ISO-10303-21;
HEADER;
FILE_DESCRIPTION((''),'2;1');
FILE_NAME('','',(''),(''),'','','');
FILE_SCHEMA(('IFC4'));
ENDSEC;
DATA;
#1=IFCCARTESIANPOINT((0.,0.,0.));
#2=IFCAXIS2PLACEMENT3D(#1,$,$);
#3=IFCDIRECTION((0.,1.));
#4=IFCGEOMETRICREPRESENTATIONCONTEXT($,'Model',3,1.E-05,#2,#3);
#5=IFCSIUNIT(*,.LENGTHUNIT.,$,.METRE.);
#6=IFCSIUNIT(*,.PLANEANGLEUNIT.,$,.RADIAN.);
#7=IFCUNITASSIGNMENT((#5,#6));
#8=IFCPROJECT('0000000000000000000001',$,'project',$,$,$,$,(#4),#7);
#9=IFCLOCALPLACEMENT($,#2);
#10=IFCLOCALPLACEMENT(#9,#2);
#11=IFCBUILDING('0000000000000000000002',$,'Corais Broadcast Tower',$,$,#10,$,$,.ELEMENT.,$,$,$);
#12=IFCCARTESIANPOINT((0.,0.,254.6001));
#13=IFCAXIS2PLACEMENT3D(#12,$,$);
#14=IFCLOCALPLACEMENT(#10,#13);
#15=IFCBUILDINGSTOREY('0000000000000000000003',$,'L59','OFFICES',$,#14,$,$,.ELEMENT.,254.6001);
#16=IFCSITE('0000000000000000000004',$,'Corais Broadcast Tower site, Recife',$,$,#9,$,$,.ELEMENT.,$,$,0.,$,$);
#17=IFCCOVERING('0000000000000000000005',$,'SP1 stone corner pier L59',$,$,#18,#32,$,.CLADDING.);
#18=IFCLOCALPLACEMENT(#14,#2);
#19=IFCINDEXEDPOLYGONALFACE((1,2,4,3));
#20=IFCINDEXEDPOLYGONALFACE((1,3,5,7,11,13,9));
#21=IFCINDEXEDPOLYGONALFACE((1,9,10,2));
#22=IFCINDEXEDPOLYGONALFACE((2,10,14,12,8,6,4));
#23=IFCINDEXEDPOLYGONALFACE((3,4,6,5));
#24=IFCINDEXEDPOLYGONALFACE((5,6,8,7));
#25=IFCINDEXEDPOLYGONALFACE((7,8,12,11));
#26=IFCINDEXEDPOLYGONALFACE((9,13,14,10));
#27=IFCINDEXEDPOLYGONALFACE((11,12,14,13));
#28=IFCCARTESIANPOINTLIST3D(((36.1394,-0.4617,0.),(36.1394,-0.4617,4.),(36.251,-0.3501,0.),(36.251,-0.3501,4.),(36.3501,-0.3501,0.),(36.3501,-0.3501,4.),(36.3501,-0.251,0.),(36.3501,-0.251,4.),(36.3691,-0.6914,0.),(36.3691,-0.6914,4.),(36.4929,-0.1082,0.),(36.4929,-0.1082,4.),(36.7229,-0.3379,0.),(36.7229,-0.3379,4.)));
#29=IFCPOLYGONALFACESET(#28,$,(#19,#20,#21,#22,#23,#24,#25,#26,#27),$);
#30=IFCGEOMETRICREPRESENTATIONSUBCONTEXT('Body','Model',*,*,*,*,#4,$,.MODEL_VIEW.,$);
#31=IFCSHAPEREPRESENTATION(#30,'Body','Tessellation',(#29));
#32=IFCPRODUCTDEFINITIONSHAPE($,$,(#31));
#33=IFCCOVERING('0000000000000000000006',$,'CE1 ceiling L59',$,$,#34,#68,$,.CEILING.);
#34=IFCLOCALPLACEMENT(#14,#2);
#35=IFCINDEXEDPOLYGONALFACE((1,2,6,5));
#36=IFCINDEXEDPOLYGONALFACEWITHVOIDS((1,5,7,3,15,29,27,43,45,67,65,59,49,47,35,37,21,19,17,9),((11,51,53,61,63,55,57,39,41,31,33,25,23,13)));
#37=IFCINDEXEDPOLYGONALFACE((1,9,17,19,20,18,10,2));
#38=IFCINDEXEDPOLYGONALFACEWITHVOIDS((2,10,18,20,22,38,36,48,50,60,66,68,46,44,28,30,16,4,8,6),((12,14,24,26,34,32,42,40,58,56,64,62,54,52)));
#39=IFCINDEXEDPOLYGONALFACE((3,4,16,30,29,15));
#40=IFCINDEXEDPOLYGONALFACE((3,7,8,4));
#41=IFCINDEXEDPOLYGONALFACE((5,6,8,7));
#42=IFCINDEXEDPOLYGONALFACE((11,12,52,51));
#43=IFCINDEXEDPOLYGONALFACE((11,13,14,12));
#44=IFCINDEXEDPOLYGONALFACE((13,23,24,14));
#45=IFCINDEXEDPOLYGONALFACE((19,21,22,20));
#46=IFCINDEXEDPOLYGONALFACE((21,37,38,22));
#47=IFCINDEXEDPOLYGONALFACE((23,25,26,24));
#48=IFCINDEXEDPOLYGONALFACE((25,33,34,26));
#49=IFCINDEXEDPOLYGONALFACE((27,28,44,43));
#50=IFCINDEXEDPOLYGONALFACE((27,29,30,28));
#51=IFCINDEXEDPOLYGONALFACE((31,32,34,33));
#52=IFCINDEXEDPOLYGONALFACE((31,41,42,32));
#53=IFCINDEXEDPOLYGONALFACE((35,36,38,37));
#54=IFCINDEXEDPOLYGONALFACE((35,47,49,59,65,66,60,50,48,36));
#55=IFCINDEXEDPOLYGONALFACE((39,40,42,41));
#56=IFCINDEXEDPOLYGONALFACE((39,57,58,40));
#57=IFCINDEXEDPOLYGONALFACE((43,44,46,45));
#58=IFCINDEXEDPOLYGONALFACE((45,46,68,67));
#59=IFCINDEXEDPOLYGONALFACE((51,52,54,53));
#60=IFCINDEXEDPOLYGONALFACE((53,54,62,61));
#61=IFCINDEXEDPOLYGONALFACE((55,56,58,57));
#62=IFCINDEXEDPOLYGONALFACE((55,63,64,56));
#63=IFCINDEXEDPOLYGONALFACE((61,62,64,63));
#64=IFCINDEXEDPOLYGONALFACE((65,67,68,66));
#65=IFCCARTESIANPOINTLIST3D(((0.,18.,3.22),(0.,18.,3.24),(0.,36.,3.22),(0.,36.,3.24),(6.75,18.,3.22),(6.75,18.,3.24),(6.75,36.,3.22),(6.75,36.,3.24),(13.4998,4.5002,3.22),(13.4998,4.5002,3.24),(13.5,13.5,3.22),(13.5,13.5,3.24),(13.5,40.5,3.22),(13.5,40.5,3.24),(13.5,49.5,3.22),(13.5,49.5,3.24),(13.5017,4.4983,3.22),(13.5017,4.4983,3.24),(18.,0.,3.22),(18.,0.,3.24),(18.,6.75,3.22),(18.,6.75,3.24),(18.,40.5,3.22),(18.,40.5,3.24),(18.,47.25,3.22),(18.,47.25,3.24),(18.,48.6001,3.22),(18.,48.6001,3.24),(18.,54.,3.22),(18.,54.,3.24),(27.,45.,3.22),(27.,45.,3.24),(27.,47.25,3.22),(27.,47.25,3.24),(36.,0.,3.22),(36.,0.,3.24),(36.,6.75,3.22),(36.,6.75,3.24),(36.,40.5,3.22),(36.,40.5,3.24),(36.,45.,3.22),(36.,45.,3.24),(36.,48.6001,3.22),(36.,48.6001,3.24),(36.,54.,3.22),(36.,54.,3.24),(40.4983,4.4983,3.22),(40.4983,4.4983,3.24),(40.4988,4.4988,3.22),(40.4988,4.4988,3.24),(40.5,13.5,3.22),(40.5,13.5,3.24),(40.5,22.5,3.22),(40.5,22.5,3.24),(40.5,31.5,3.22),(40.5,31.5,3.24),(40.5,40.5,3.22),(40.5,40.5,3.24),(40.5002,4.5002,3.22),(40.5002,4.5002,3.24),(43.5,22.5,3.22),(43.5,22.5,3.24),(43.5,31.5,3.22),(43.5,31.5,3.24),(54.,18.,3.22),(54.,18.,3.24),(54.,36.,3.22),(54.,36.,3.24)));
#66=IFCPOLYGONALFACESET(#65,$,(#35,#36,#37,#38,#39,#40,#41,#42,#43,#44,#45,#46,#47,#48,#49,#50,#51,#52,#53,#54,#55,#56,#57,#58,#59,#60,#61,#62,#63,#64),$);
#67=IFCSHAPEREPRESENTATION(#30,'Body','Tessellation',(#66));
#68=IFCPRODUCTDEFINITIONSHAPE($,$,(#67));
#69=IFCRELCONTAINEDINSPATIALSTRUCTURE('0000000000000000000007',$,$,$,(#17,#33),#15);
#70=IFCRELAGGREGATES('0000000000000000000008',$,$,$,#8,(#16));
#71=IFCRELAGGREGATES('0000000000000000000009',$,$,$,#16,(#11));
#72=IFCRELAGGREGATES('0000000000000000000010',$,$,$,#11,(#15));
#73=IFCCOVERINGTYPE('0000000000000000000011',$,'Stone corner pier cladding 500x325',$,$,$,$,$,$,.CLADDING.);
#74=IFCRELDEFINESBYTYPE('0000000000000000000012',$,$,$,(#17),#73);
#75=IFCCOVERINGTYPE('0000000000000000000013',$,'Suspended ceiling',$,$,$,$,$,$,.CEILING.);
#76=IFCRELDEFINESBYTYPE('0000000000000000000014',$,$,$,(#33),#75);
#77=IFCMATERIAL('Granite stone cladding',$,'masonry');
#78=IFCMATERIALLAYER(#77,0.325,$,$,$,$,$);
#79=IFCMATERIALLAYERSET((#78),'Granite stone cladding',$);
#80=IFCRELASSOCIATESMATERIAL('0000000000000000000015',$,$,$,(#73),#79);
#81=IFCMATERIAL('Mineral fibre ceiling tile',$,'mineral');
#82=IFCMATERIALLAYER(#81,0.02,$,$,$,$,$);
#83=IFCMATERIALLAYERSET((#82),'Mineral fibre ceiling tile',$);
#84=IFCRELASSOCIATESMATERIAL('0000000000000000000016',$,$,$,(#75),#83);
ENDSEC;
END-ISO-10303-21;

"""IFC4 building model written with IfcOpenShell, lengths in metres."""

from ifc_helpers import new_model, si_unit, direction, frame, origin, place, context, subcontext, project, spatial, polyline, outline, extrude, material, layer, layer_set, type_object, element, save


model = new_model("IFC4")

# Units and contexts
model_context = context("Model", 3, precision=1e-05, world=origin(), true_north=direction((0.0, 1.0)))
body_context = subcontext(model_context, "Body", "Model", "MODEL_VIEW")
ifc_project = project(units=[si_unit("LENGTHUNIT", "METRE"), si_unit("PLANEANGLEUNIT", "RADIAN")], contexts=[model_context])

# Site, building, storey
site_placement = place(None, origin())
site = spatial("IfcSite", under=ifc_project, at=site_placement, Name="Corais Broadcast Tower site, Recife", CompositionType="ELEMENT", RefElevation=0.0)
building_placement = place(site_placement, origin())
building = spatial("IfcBuilding", under=site, at=building_placement, Name="Corais Broadcast Tower", CompositionType="ELEMENT")
storey_placement = place(building_placement, frame((0.0, 0.0, 254.6001)))
storey = spatial("IfcBuildingStorey", under=building, at=storey_placement, Name="L59", Description="OFFICES", CompositionType="ELEMENT", Elevation=254.6001)

# Coverings
ifc_material_1 = material(Name="Granite stone cladding", Category="masonry")
ifc_layer_1 = layer(ifc_material_1, 0.325)
ifc_layer_set_1 = layer_set([ifc_layer_1], Name="Granite stone cladding")
covering_type_1 = type_object("IfcCoveringType", Name="Stone corner pier cladding 500x325", PredefinedType="CLADDING", material=ifc_layer_set_1)
covering_1_placement = place(storey_placement, origin())
element("IfcCovering", 1, at=covering_1_placement, inside=storey, type_object=covering_type_1, Name="SP1 stone corner pier L59", PredefinedType="CLADDING", context=body_context, shape_type="SweptSolid", body=[
    extrude(outline(polyline([(36.251, -0.3501), (36.1394, -0.4617), (36.3691, -0.6914), (36.7229, -0.3379), (36.4929, -0.1082), (36.3501, -0.251), (36.3501, -0.3501), (36.251, -0.3501)])), origin(), (0.0, 0.0, 1.0), 4.0),
])
ifc_material_2 = material(Name="Mineral fibre ceiling tile", Category="mineral")
ifc_layer_2 = layer(ifc_material_2, 0.02)
ifc_layer_set_2 = layer_set([ifc_layer_2], Name="Mineral fibre ceiling tile")
covering_type_2 = type_object("IfcCoveringType", Name="Suspended ceiling", PredefinedType="CEILING", material=ifc_layer_set_2)
covering_2_placement = place(storey_placement, frame((0.0, 0.0, 3.22)))
element("IfcCovering", 2, at=covering_2_placement, inside=storey, type_object=covering_type_2, Name="CE1 ceiling L59", PredefinedType="CEILING", context=body_context, shape_type="SweptSolid", body=[
    extrude(outline(polyline([(13.5, 49.5), (18.0, 54.0), (18.0, 48.6001), (36.0, 48.6001), (36.0, 54.0), (54.0, 36.0), (54.0, 18.0), (40.5002, 4.5002), (40.4988, 4.4988), (40.4983, 4.4983), (36.0, 0.0), (36.0, 6.75), (18.0, 6.75), (18.0, 0.0), (13.5017, 4.4983), (13.4998, 4.5002), (0.0, 18.0), (6.75, 18.0), (6.75, 36.0), (0.0, 36.0), (13.5, 49.5)]), holes=[polyline([(40.5, 40.5), (36.0, 40.5), (36.0, 45.0), (27.0, 45.0), (27.0, 47.25), (18.0, 47.25), (18.0, 40.5), (13.5, 40.5), (13.5, 13.5), (40.5, 13.5), (40.5, 22.5), (43.5, 22.5), (43.5, 31.5), (40.5, 31.5), (40.5, 40.5)])]), origin(), (0.0, 0.0, 1.0), 0.02),
])

save(model, "model.ifc")
